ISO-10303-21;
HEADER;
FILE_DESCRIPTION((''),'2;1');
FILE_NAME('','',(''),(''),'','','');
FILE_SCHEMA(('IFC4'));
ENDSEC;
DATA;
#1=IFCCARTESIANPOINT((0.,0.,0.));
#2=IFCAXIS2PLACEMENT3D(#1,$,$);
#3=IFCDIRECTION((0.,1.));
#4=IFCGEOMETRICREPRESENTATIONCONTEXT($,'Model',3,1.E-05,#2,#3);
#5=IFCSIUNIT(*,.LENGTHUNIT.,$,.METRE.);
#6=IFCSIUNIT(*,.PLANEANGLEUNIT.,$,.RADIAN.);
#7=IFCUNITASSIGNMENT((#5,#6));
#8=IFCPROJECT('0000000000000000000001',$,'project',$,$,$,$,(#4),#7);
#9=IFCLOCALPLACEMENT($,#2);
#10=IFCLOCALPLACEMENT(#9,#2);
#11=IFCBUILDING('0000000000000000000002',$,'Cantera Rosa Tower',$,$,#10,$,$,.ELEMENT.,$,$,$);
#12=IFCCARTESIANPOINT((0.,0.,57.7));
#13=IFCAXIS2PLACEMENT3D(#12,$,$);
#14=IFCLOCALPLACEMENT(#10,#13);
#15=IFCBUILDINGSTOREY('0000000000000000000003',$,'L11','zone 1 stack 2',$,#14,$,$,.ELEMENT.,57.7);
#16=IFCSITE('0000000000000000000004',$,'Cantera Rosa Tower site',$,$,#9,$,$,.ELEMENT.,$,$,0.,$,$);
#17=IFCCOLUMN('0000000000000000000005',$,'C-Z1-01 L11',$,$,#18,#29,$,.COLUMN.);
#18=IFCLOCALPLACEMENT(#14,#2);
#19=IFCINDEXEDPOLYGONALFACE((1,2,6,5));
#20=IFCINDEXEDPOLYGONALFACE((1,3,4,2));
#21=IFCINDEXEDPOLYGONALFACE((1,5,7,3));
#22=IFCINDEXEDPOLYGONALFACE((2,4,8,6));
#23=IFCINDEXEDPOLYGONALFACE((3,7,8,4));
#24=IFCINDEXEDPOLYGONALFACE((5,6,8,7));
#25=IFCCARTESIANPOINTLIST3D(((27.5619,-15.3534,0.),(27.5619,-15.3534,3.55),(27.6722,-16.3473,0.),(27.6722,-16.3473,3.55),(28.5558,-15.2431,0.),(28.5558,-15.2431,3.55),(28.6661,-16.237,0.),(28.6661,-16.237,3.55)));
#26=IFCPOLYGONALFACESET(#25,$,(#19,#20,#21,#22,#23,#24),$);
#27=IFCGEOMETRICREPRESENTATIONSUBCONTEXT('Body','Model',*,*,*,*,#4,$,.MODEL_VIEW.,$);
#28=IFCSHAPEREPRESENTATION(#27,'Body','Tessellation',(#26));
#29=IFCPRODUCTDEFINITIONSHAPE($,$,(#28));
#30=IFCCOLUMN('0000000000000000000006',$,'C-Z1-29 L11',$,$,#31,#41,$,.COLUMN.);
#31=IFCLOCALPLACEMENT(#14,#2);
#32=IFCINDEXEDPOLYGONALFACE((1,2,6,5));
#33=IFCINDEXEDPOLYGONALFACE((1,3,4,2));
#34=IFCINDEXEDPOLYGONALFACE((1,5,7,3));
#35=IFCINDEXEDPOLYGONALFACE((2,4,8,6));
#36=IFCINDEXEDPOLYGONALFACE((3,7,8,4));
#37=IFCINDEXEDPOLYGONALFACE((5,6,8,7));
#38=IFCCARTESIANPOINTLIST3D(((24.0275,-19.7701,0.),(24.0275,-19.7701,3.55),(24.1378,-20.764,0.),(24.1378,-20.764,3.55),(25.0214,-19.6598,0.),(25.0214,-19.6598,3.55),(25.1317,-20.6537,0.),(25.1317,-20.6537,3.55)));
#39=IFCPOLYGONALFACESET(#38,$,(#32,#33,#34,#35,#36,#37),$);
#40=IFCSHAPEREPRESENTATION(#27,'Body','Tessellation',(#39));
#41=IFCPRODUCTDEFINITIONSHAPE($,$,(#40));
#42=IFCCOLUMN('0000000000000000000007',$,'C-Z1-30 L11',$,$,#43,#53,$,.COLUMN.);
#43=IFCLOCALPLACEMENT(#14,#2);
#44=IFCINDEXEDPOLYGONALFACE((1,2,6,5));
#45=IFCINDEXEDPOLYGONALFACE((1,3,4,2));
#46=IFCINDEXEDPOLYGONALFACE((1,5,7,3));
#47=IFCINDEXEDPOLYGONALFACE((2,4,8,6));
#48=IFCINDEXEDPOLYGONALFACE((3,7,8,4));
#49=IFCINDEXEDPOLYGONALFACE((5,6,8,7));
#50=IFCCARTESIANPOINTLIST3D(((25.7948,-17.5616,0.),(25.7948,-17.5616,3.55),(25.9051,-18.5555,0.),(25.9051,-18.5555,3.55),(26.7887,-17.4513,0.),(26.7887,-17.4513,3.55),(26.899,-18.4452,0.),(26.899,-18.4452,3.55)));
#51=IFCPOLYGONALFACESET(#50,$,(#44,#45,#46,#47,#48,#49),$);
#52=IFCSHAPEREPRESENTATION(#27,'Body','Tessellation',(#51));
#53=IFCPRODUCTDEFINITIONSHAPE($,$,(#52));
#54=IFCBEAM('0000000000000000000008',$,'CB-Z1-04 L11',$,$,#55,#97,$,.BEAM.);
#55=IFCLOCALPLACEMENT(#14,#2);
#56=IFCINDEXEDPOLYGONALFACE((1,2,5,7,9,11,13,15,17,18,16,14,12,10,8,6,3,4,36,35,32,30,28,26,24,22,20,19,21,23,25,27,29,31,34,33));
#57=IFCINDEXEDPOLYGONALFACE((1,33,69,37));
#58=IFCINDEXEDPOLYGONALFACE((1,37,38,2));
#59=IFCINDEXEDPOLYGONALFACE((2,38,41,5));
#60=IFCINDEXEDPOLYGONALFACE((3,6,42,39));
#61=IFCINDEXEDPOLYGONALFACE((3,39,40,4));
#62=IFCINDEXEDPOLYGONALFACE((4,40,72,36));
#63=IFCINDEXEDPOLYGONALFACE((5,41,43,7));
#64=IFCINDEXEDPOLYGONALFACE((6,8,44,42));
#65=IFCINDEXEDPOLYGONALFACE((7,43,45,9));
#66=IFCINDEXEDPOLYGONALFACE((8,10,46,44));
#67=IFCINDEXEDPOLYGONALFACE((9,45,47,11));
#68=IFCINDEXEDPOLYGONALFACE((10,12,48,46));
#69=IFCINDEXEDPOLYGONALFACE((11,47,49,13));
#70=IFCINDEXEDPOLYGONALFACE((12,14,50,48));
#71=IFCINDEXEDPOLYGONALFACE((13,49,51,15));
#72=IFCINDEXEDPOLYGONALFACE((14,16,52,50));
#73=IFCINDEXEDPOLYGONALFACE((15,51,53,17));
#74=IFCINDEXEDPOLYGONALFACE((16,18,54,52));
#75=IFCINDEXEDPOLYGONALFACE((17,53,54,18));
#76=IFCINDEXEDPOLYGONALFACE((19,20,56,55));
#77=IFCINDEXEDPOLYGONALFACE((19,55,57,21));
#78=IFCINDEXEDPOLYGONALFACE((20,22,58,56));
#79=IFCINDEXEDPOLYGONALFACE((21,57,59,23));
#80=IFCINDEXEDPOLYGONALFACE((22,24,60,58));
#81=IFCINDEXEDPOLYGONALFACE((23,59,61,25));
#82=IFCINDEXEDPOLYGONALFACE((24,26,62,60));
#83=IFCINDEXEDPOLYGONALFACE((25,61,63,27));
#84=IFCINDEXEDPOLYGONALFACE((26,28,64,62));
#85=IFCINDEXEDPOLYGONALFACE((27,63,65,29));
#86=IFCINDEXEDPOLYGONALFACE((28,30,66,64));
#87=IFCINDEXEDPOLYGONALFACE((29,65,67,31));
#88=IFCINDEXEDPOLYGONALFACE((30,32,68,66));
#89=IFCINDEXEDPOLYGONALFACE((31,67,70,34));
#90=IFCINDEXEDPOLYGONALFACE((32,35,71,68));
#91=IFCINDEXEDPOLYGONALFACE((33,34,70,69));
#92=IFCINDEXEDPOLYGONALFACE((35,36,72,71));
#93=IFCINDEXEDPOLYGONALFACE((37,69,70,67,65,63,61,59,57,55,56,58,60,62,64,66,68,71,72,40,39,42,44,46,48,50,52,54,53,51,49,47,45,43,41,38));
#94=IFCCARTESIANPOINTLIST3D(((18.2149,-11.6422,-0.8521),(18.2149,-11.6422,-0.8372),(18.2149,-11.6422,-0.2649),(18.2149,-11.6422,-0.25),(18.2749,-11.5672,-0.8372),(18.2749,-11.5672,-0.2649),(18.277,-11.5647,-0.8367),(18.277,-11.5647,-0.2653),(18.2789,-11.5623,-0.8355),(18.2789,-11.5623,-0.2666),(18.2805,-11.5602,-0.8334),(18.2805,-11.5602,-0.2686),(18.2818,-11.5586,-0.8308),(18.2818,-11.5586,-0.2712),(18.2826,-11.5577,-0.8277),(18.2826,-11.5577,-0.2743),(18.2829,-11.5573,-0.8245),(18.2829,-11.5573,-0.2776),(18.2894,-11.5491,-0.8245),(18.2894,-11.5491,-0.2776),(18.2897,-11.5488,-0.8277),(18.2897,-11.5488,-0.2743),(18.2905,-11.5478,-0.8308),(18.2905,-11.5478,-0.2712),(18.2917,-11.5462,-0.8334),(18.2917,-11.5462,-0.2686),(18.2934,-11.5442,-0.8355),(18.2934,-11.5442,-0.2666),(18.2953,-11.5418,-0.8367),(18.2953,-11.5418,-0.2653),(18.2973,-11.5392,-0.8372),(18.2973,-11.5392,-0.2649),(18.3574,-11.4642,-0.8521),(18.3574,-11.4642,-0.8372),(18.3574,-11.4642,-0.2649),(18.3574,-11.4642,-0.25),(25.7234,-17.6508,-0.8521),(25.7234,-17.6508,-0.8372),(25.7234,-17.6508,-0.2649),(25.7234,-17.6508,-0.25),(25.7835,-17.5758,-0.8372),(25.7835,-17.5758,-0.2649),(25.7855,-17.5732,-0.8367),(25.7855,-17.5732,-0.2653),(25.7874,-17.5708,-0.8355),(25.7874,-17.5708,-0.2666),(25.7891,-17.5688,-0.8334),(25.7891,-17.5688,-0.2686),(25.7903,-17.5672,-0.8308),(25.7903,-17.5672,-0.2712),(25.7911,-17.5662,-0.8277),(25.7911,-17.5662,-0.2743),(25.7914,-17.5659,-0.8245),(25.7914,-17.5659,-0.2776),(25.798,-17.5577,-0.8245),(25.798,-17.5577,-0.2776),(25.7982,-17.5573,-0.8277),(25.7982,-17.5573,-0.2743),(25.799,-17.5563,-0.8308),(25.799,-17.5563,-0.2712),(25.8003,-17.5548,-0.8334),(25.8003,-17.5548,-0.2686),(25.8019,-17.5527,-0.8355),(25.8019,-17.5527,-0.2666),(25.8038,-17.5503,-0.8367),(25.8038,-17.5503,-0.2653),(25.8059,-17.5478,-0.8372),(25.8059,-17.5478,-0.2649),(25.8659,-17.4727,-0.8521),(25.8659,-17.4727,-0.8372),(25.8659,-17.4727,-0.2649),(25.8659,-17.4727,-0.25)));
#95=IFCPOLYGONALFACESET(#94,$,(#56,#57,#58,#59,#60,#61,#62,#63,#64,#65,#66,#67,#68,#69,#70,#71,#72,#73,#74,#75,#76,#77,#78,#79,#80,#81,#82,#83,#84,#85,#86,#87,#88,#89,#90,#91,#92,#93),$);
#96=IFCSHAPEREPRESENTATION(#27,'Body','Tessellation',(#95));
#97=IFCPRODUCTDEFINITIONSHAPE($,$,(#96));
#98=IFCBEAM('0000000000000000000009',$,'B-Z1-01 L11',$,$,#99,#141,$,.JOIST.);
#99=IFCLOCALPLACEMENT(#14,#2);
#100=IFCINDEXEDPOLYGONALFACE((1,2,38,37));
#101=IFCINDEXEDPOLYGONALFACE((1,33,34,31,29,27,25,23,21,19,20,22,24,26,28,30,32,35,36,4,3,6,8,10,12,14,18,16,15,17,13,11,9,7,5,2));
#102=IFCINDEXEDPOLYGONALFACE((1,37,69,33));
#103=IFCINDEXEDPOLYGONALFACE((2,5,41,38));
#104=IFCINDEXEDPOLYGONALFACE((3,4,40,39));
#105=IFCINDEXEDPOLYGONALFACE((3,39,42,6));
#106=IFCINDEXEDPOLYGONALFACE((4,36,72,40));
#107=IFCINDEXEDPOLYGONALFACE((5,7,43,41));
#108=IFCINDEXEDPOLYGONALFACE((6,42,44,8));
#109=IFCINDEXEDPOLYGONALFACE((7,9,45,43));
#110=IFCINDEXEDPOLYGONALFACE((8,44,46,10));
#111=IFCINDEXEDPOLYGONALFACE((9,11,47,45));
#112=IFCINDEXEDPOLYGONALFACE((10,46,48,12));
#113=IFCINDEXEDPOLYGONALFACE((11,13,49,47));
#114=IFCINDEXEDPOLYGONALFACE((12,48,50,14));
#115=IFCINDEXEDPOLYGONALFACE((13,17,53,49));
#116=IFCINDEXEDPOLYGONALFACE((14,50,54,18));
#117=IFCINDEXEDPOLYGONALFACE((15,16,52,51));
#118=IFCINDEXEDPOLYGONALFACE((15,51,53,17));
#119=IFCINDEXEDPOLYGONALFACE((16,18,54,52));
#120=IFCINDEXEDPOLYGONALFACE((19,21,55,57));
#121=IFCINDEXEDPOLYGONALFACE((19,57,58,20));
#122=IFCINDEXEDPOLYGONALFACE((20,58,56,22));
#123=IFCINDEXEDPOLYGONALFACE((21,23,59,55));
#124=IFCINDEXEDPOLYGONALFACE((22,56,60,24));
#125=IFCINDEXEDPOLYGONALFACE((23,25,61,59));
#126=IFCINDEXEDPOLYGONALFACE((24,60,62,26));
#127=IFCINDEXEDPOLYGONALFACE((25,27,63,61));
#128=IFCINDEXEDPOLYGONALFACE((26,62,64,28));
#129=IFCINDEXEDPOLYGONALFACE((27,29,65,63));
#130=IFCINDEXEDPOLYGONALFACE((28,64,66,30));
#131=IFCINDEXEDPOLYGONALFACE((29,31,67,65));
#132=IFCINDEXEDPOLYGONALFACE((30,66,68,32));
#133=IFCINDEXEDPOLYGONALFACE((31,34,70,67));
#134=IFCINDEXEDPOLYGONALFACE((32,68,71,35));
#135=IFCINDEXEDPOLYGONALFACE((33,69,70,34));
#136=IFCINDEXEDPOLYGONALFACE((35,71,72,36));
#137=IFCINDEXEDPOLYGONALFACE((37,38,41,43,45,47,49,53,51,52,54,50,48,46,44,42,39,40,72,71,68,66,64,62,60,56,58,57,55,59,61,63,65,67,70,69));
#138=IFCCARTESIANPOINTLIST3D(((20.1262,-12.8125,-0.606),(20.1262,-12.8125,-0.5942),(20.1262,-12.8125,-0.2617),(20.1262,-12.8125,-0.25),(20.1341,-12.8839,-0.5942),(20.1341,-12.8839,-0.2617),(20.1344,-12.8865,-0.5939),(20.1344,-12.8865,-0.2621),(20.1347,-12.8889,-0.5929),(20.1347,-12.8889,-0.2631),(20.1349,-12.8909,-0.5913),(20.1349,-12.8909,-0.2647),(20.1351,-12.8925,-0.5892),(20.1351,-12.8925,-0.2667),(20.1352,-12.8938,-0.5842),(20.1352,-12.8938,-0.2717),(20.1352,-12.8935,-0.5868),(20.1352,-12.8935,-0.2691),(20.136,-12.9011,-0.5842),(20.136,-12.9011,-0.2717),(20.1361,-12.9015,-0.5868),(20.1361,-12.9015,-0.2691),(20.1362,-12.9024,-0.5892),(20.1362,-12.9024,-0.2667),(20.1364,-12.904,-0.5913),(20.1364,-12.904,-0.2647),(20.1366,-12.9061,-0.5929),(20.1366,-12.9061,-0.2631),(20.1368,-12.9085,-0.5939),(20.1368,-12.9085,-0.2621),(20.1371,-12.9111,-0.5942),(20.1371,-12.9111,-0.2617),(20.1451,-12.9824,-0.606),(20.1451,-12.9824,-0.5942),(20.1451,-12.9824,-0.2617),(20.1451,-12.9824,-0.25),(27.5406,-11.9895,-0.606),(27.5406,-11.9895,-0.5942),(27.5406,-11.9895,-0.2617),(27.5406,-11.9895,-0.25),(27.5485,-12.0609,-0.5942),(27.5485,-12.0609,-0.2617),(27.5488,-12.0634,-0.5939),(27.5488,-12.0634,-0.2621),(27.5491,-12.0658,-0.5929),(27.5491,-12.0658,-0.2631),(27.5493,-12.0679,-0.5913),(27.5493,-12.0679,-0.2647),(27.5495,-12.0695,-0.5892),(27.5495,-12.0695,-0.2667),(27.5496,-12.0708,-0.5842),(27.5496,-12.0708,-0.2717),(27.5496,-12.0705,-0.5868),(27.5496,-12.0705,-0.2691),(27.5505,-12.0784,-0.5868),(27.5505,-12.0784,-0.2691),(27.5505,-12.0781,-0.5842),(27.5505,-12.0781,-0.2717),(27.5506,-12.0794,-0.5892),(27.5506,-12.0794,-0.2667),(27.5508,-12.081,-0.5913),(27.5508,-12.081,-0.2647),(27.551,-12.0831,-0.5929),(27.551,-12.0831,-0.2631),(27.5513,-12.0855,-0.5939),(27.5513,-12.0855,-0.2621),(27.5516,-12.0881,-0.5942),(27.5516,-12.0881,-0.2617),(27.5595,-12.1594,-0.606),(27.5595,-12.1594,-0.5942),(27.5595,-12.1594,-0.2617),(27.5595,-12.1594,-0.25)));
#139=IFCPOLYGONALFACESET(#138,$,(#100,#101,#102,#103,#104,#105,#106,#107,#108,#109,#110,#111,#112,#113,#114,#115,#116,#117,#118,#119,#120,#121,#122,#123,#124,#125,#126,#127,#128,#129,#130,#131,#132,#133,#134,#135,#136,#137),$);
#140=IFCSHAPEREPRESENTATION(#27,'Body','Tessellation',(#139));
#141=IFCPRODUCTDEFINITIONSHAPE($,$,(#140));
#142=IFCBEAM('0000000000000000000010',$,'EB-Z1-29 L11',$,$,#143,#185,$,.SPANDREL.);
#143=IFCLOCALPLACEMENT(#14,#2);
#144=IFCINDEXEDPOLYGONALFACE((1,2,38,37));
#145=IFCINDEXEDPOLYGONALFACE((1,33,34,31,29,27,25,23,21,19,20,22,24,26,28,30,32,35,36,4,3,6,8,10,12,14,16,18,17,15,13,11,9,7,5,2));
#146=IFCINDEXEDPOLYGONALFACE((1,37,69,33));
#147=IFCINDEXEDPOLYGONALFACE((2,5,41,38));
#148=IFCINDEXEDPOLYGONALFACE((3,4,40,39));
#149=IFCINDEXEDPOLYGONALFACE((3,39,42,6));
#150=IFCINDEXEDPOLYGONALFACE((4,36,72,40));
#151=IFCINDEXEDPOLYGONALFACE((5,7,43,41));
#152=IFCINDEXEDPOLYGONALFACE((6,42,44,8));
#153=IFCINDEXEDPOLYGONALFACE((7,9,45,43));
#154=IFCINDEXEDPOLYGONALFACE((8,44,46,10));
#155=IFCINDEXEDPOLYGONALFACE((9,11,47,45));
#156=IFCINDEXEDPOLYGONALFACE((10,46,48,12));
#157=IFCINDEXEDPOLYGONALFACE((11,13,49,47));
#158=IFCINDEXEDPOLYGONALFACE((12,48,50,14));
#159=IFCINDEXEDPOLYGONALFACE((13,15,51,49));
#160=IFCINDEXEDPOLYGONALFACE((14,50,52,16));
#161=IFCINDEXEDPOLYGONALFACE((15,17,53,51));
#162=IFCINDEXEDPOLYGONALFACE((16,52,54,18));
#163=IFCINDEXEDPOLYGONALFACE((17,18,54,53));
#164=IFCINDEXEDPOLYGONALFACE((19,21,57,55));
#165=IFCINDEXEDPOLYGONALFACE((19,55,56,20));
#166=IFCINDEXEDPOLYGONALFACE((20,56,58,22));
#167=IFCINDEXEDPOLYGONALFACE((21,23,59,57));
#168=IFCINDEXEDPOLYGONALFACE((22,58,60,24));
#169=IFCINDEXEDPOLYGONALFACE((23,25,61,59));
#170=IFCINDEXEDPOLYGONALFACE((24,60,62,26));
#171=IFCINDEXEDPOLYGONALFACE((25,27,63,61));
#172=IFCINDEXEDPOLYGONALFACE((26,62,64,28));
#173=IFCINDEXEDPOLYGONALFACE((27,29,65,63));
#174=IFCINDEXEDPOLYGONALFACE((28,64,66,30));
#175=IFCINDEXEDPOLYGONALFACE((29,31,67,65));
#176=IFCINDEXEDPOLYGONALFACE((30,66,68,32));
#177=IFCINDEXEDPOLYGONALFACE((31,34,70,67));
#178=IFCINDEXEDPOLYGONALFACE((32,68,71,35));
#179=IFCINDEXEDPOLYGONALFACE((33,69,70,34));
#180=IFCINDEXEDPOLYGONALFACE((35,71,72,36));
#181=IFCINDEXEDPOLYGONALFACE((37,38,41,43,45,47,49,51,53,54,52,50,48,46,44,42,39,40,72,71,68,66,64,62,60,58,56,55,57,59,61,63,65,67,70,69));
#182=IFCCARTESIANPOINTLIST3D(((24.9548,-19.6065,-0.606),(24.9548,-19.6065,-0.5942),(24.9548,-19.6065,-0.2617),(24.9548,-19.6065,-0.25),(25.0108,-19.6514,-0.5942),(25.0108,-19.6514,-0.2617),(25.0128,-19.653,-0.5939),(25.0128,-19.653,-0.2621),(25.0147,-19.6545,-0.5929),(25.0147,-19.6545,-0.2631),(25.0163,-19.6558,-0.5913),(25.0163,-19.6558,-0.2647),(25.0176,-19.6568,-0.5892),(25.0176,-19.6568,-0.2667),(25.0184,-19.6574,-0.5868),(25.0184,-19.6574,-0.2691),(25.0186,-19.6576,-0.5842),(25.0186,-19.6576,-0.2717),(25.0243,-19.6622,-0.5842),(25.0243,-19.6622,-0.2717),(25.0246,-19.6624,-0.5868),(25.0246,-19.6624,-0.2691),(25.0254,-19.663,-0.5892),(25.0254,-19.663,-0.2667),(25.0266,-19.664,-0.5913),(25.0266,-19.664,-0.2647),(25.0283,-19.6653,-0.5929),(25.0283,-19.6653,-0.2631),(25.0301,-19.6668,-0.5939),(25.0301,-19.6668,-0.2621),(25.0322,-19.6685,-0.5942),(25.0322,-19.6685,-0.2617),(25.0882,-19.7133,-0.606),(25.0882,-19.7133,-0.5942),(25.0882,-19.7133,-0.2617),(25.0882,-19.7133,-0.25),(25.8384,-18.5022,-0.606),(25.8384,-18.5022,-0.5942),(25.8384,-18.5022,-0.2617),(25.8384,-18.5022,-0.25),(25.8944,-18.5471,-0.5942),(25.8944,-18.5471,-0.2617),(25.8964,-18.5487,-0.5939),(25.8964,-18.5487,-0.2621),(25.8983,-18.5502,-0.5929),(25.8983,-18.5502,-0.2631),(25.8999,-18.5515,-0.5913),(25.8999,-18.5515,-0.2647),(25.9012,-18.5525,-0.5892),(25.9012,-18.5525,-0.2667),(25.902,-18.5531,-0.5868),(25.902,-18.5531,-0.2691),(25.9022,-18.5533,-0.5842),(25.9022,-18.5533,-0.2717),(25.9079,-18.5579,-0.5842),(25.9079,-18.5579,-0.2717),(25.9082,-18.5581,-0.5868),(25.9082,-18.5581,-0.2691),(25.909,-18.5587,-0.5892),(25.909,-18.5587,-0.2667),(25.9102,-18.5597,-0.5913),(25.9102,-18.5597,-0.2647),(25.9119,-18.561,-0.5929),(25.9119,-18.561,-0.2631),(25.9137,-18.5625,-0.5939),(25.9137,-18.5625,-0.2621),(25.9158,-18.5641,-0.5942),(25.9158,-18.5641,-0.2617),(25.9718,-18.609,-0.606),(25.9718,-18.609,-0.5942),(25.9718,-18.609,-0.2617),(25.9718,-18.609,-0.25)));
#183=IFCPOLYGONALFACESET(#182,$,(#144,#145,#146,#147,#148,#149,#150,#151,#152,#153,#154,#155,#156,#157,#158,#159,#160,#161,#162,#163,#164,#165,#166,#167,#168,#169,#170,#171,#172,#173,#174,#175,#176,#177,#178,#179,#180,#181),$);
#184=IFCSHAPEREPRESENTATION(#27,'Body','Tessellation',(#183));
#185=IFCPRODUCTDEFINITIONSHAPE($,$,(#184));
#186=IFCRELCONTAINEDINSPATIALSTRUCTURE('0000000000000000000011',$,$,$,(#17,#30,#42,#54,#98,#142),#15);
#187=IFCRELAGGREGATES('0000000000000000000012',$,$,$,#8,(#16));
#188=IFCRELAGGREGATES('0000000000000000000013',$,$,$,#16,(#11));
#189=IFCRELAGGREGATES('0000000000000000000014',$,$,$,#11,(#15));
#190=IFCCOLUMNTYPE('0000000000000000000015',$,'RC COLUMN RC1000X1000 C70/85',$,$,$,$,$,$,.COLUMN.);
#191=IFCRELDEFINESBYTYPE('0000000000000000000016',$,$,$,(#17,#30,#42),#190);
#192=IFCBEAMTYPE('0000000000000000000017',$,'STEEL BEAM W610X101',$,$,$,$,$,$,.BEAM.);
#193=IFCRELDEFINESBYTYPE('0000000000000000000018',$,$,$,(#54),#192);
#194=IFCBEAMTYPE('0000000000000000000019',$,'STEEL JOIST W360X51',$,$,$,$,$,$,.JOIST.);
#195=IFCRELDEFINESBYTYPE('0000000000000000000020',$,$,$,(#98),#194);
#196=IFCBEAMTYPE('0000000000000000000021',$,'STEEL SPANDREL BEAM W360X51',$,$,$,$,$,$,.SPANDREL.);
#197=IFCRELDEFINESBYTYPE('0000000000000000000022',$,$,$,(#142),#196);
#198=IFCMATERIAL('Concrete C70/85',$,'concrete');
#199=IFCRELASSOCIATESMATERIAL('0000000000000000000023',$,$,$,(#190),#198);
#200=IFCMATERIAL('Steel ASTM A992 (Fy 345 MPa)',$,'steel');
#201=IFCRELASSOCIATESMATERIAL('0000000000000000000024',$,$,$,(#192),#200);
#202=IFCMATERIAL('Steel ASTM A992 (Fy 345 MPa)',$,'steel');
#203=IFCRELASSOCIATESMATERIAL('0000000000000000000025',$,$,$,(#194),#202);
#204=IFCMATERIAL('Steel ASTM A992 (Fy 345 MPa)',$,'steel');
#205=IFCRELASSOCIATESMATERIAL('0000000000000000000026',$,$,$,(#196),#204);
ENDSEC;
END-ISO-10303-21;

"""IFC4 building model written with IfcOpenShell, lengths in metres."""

from ifc_helpers import new_model, si_unit, direction, frame, origin, origin_2d, place, context, subcontext, project, spatial, rectangle, i_section, extrude, material, material_profile, profile_set, type_object, element, save


model = new_model("IFC4")

# Units and contexts
model_context = context("Model", 3, precision=1e-05, world=origin(), true_north=direction((0.0, 1.0)))
body_context = subcontext(model_context, "Body", "Model", "MODEL_VIEW")
ifc_project = project(units=[si_unit("LENGTHUNIT", "METRE"), si_unit("PLANEANGLEUNIT", "RADIAN")], contexts=[model_context])

# Site, building, storey
site_placement = place(None, origin())
site = spatial("IfcSite", under=ifc_project, at=site_placement, Name="Cantera Rosa Tower site", CompositionType="ELEMENT", RefElevation=0.0)
building_placement = place(site_placement, origin())
building = spatial("IfcBuilding", under=site, at=building_placement, Name="Cantera Rosa Tower", CompositionType="ELEMENT")
storey_placement = place(building_placement, frame((0.0, 0.0, 57.7)))
storey = spatial("IfcBuildingStorey", under=building, at=storey_placement, Name="L11", Description="zone 1 stack 2", CompositionType="ELEMENT", Elevation=57.7)

# Columns
ifc_material_1 = material(Name="Concrete C70/85", Category="concrete")
ifc_material_profile_1 = material_profile(ifc_material_1, rectangle(XDim=1.0, YDim=1.0, at=origin_2d()), Name="RC COLUMN RC1000X1000 C70/85")
ifc_profile_set_1 = profile_set([ifc_material_profile_1], Name="Concrete C70/85")
column_type = type_object("IfcColumnType", Name="RC COLUMN RC1000X1000 C70/85", PredefinedType="COLUMN", material=ifc_profile_set_1)
for number, where, z_axis, x_axis, name in (
    (1, (28.114, -15.7952, 0.0), (0.0, 0.0, 1.0), (0.993897, 0.110313, 0.0), "C-Z1-01 L11"),
    (2, (24.5796, -20.2119, 0.0), (0.0, 0.0, 1.0), (0.993897, 0.110313, 0.0), "C-Z1-29 L11"),
    (3, (26.3469, -18.0034, 0.0), (0.0, 0.0, 1.0), (0.993897, 0.110313, 0.0), "C-Z1-30 L11"),
):
    element("IfcColumn", number, at=place(storey_placement, frame(where, z_axis=z_axis, x_axis=x_axis)), inside=storey, type_object=column_type, Name=name, PredefinedType="COLUMN", context=body_context, shape_type="SweptSolid", body=[
        extrude(rectangle(XDim=1.0, YDim=1.0, at=origin_2d()), origin(), (0.0, 0.0, 1.0), 3.55),
    ])

# Beams
ifc_material_2 = material(Name="Steel ASTM A992 (Fy 345 MPa)", Category="steel")
ifc_material_profile_2 = material_profile(ifc_material_2, i_section(OverallWidth=0.228, OverallDepth=0.6021, WebThickness=0.0105, FlangeThickness=0.0149, FilletRadius=0.0127, at=origin_2d()), Name="W610X101")
ifc_profile_set_2 = profile_set([ifc_material_profile_2], Name="Steel ASTM A992 (Fy 345 MPa)")
beam_type_1 = type_object("IfcBeamType", Name="STEEL BEAM W610X101", PredefinedType="BEAM", material=ifc_profile_set_2)
beam_1_placement = place(storey_placement, frame((25.7947, -17.5618, -0.551), z_axis=(-0.780782, 0.624803, 0.0), x_axis=(-0.624803, -0.780782, 0.0)))
element("IfcBeam", 4, at=beam_1_placement, inside=storey, type_object=beam_type_1, Name="CB-Z1-04 L11", PredefinedType="BEAM", context=body_context, shape_type="SweptSolid", body=[
    extrude(i_section(OverallWidth=0.228, OverallDepth=0.6021, WebThickness=0.0105, FlangeThickness=0.0149, FilletRadius=0.0127, at=origin_2d()), origin(), (0.0, 0.0, 1.0), 9.6167),
])
ifc_material_3 = material(Name="Steel ASTM A992 (Fy 345 MPa)", Category="steel")
ifc_material_profile_3 = material_profile(ifc_material_3, i_section(OverallWidth=0.1709, OverallDepth=0.356, WebThickness=0.0073, FlangeThickness=0.0117, FilletRadius=0.01, at=origin_2d()), Name="W360X51")
ifc_profile_set_3 = profile_set([ifc_material_profile_3], Name="Steel ASTM A992 (Fy 345 MPa)")
beam_type_2 = type_object("IfcBeamType", Name="STEEL JOIST W360X51", PredefinedType="JOIST", material=ifc_profile_set_3)
beam_2_placement = place(storey_placement, frame((27.55, -12.0745, -0.428), z_axis=(-0.993896, -0.110324, 0.0), x_axis=(0.110324, -0.993896, 0.0)))
element("IfcBeam", 5, at=beam_2_placement, inside=storey, type_object=beam_type_2, Name="B-Z1-01 L11", PredefinedType="JOIST", context=body_context, shape_type="SweptSolid", body=[
    extrude(i_section(OverallWidth=0.1709, OverallDepth=0.356, WebThickness=0.0073, FlangeThickness=0.0117, FilletRadius=0.01, at=origin_2d()), origin(), (0.0, 0.0, 1.0), 7.46),
])
ifc_material_4 = material(Name="Steel ASTM A992 (Fy 345 MPa)", Category="steel")
ifc_material_profile_4 = material_profile(ifc_material_4, i_section(OverallWidth=0.1709, OverallDepth=0.356, WebThickness=0.0073, FlangeThickness=0.0117, FilletRadius=0.01, at=origin_2d()), Name="W360X51")
ifc_profile_set_4 = profile_set([ifc_material_profile_4], Name="Steel ASTM A992 (Fy 345 MPa)")
beam_type_3 = type_object("IfcBeamType", Name="STEEL SPANDREL BEAM W360X51", PredefinedType="SPANDREL", material=ifc_profile_set_4)
for number, where, z_axis, x_axis, name in (
    (6, (25.0215, -19.6599, -0.428), (0.624758, 0.780818, 0.0), (-0.780818, 0.624758, 0.0), "EB-Z1-29 L11"),
):
    element("IfcBeam", number, at=place(storey_placement, frame(where, z_axis=z_axis, x_axis=x_axis)), inside=storey, type_object=beam_type_3, Name=name, PredefinedType="SPANDREL", context=body_context, shape_type="SweptSolid", body=[
        extrude(i_section(OverallWidth=0.1709, OverallDepth=0.356, WebThickness=0.0073, FlangeThickness=0.0117, FilletRadius=0.01, at=origin_2d()), origin(), (0.0, 0.0, 1.0), 1.4143),
    ])

save(model, "model.ifc")
